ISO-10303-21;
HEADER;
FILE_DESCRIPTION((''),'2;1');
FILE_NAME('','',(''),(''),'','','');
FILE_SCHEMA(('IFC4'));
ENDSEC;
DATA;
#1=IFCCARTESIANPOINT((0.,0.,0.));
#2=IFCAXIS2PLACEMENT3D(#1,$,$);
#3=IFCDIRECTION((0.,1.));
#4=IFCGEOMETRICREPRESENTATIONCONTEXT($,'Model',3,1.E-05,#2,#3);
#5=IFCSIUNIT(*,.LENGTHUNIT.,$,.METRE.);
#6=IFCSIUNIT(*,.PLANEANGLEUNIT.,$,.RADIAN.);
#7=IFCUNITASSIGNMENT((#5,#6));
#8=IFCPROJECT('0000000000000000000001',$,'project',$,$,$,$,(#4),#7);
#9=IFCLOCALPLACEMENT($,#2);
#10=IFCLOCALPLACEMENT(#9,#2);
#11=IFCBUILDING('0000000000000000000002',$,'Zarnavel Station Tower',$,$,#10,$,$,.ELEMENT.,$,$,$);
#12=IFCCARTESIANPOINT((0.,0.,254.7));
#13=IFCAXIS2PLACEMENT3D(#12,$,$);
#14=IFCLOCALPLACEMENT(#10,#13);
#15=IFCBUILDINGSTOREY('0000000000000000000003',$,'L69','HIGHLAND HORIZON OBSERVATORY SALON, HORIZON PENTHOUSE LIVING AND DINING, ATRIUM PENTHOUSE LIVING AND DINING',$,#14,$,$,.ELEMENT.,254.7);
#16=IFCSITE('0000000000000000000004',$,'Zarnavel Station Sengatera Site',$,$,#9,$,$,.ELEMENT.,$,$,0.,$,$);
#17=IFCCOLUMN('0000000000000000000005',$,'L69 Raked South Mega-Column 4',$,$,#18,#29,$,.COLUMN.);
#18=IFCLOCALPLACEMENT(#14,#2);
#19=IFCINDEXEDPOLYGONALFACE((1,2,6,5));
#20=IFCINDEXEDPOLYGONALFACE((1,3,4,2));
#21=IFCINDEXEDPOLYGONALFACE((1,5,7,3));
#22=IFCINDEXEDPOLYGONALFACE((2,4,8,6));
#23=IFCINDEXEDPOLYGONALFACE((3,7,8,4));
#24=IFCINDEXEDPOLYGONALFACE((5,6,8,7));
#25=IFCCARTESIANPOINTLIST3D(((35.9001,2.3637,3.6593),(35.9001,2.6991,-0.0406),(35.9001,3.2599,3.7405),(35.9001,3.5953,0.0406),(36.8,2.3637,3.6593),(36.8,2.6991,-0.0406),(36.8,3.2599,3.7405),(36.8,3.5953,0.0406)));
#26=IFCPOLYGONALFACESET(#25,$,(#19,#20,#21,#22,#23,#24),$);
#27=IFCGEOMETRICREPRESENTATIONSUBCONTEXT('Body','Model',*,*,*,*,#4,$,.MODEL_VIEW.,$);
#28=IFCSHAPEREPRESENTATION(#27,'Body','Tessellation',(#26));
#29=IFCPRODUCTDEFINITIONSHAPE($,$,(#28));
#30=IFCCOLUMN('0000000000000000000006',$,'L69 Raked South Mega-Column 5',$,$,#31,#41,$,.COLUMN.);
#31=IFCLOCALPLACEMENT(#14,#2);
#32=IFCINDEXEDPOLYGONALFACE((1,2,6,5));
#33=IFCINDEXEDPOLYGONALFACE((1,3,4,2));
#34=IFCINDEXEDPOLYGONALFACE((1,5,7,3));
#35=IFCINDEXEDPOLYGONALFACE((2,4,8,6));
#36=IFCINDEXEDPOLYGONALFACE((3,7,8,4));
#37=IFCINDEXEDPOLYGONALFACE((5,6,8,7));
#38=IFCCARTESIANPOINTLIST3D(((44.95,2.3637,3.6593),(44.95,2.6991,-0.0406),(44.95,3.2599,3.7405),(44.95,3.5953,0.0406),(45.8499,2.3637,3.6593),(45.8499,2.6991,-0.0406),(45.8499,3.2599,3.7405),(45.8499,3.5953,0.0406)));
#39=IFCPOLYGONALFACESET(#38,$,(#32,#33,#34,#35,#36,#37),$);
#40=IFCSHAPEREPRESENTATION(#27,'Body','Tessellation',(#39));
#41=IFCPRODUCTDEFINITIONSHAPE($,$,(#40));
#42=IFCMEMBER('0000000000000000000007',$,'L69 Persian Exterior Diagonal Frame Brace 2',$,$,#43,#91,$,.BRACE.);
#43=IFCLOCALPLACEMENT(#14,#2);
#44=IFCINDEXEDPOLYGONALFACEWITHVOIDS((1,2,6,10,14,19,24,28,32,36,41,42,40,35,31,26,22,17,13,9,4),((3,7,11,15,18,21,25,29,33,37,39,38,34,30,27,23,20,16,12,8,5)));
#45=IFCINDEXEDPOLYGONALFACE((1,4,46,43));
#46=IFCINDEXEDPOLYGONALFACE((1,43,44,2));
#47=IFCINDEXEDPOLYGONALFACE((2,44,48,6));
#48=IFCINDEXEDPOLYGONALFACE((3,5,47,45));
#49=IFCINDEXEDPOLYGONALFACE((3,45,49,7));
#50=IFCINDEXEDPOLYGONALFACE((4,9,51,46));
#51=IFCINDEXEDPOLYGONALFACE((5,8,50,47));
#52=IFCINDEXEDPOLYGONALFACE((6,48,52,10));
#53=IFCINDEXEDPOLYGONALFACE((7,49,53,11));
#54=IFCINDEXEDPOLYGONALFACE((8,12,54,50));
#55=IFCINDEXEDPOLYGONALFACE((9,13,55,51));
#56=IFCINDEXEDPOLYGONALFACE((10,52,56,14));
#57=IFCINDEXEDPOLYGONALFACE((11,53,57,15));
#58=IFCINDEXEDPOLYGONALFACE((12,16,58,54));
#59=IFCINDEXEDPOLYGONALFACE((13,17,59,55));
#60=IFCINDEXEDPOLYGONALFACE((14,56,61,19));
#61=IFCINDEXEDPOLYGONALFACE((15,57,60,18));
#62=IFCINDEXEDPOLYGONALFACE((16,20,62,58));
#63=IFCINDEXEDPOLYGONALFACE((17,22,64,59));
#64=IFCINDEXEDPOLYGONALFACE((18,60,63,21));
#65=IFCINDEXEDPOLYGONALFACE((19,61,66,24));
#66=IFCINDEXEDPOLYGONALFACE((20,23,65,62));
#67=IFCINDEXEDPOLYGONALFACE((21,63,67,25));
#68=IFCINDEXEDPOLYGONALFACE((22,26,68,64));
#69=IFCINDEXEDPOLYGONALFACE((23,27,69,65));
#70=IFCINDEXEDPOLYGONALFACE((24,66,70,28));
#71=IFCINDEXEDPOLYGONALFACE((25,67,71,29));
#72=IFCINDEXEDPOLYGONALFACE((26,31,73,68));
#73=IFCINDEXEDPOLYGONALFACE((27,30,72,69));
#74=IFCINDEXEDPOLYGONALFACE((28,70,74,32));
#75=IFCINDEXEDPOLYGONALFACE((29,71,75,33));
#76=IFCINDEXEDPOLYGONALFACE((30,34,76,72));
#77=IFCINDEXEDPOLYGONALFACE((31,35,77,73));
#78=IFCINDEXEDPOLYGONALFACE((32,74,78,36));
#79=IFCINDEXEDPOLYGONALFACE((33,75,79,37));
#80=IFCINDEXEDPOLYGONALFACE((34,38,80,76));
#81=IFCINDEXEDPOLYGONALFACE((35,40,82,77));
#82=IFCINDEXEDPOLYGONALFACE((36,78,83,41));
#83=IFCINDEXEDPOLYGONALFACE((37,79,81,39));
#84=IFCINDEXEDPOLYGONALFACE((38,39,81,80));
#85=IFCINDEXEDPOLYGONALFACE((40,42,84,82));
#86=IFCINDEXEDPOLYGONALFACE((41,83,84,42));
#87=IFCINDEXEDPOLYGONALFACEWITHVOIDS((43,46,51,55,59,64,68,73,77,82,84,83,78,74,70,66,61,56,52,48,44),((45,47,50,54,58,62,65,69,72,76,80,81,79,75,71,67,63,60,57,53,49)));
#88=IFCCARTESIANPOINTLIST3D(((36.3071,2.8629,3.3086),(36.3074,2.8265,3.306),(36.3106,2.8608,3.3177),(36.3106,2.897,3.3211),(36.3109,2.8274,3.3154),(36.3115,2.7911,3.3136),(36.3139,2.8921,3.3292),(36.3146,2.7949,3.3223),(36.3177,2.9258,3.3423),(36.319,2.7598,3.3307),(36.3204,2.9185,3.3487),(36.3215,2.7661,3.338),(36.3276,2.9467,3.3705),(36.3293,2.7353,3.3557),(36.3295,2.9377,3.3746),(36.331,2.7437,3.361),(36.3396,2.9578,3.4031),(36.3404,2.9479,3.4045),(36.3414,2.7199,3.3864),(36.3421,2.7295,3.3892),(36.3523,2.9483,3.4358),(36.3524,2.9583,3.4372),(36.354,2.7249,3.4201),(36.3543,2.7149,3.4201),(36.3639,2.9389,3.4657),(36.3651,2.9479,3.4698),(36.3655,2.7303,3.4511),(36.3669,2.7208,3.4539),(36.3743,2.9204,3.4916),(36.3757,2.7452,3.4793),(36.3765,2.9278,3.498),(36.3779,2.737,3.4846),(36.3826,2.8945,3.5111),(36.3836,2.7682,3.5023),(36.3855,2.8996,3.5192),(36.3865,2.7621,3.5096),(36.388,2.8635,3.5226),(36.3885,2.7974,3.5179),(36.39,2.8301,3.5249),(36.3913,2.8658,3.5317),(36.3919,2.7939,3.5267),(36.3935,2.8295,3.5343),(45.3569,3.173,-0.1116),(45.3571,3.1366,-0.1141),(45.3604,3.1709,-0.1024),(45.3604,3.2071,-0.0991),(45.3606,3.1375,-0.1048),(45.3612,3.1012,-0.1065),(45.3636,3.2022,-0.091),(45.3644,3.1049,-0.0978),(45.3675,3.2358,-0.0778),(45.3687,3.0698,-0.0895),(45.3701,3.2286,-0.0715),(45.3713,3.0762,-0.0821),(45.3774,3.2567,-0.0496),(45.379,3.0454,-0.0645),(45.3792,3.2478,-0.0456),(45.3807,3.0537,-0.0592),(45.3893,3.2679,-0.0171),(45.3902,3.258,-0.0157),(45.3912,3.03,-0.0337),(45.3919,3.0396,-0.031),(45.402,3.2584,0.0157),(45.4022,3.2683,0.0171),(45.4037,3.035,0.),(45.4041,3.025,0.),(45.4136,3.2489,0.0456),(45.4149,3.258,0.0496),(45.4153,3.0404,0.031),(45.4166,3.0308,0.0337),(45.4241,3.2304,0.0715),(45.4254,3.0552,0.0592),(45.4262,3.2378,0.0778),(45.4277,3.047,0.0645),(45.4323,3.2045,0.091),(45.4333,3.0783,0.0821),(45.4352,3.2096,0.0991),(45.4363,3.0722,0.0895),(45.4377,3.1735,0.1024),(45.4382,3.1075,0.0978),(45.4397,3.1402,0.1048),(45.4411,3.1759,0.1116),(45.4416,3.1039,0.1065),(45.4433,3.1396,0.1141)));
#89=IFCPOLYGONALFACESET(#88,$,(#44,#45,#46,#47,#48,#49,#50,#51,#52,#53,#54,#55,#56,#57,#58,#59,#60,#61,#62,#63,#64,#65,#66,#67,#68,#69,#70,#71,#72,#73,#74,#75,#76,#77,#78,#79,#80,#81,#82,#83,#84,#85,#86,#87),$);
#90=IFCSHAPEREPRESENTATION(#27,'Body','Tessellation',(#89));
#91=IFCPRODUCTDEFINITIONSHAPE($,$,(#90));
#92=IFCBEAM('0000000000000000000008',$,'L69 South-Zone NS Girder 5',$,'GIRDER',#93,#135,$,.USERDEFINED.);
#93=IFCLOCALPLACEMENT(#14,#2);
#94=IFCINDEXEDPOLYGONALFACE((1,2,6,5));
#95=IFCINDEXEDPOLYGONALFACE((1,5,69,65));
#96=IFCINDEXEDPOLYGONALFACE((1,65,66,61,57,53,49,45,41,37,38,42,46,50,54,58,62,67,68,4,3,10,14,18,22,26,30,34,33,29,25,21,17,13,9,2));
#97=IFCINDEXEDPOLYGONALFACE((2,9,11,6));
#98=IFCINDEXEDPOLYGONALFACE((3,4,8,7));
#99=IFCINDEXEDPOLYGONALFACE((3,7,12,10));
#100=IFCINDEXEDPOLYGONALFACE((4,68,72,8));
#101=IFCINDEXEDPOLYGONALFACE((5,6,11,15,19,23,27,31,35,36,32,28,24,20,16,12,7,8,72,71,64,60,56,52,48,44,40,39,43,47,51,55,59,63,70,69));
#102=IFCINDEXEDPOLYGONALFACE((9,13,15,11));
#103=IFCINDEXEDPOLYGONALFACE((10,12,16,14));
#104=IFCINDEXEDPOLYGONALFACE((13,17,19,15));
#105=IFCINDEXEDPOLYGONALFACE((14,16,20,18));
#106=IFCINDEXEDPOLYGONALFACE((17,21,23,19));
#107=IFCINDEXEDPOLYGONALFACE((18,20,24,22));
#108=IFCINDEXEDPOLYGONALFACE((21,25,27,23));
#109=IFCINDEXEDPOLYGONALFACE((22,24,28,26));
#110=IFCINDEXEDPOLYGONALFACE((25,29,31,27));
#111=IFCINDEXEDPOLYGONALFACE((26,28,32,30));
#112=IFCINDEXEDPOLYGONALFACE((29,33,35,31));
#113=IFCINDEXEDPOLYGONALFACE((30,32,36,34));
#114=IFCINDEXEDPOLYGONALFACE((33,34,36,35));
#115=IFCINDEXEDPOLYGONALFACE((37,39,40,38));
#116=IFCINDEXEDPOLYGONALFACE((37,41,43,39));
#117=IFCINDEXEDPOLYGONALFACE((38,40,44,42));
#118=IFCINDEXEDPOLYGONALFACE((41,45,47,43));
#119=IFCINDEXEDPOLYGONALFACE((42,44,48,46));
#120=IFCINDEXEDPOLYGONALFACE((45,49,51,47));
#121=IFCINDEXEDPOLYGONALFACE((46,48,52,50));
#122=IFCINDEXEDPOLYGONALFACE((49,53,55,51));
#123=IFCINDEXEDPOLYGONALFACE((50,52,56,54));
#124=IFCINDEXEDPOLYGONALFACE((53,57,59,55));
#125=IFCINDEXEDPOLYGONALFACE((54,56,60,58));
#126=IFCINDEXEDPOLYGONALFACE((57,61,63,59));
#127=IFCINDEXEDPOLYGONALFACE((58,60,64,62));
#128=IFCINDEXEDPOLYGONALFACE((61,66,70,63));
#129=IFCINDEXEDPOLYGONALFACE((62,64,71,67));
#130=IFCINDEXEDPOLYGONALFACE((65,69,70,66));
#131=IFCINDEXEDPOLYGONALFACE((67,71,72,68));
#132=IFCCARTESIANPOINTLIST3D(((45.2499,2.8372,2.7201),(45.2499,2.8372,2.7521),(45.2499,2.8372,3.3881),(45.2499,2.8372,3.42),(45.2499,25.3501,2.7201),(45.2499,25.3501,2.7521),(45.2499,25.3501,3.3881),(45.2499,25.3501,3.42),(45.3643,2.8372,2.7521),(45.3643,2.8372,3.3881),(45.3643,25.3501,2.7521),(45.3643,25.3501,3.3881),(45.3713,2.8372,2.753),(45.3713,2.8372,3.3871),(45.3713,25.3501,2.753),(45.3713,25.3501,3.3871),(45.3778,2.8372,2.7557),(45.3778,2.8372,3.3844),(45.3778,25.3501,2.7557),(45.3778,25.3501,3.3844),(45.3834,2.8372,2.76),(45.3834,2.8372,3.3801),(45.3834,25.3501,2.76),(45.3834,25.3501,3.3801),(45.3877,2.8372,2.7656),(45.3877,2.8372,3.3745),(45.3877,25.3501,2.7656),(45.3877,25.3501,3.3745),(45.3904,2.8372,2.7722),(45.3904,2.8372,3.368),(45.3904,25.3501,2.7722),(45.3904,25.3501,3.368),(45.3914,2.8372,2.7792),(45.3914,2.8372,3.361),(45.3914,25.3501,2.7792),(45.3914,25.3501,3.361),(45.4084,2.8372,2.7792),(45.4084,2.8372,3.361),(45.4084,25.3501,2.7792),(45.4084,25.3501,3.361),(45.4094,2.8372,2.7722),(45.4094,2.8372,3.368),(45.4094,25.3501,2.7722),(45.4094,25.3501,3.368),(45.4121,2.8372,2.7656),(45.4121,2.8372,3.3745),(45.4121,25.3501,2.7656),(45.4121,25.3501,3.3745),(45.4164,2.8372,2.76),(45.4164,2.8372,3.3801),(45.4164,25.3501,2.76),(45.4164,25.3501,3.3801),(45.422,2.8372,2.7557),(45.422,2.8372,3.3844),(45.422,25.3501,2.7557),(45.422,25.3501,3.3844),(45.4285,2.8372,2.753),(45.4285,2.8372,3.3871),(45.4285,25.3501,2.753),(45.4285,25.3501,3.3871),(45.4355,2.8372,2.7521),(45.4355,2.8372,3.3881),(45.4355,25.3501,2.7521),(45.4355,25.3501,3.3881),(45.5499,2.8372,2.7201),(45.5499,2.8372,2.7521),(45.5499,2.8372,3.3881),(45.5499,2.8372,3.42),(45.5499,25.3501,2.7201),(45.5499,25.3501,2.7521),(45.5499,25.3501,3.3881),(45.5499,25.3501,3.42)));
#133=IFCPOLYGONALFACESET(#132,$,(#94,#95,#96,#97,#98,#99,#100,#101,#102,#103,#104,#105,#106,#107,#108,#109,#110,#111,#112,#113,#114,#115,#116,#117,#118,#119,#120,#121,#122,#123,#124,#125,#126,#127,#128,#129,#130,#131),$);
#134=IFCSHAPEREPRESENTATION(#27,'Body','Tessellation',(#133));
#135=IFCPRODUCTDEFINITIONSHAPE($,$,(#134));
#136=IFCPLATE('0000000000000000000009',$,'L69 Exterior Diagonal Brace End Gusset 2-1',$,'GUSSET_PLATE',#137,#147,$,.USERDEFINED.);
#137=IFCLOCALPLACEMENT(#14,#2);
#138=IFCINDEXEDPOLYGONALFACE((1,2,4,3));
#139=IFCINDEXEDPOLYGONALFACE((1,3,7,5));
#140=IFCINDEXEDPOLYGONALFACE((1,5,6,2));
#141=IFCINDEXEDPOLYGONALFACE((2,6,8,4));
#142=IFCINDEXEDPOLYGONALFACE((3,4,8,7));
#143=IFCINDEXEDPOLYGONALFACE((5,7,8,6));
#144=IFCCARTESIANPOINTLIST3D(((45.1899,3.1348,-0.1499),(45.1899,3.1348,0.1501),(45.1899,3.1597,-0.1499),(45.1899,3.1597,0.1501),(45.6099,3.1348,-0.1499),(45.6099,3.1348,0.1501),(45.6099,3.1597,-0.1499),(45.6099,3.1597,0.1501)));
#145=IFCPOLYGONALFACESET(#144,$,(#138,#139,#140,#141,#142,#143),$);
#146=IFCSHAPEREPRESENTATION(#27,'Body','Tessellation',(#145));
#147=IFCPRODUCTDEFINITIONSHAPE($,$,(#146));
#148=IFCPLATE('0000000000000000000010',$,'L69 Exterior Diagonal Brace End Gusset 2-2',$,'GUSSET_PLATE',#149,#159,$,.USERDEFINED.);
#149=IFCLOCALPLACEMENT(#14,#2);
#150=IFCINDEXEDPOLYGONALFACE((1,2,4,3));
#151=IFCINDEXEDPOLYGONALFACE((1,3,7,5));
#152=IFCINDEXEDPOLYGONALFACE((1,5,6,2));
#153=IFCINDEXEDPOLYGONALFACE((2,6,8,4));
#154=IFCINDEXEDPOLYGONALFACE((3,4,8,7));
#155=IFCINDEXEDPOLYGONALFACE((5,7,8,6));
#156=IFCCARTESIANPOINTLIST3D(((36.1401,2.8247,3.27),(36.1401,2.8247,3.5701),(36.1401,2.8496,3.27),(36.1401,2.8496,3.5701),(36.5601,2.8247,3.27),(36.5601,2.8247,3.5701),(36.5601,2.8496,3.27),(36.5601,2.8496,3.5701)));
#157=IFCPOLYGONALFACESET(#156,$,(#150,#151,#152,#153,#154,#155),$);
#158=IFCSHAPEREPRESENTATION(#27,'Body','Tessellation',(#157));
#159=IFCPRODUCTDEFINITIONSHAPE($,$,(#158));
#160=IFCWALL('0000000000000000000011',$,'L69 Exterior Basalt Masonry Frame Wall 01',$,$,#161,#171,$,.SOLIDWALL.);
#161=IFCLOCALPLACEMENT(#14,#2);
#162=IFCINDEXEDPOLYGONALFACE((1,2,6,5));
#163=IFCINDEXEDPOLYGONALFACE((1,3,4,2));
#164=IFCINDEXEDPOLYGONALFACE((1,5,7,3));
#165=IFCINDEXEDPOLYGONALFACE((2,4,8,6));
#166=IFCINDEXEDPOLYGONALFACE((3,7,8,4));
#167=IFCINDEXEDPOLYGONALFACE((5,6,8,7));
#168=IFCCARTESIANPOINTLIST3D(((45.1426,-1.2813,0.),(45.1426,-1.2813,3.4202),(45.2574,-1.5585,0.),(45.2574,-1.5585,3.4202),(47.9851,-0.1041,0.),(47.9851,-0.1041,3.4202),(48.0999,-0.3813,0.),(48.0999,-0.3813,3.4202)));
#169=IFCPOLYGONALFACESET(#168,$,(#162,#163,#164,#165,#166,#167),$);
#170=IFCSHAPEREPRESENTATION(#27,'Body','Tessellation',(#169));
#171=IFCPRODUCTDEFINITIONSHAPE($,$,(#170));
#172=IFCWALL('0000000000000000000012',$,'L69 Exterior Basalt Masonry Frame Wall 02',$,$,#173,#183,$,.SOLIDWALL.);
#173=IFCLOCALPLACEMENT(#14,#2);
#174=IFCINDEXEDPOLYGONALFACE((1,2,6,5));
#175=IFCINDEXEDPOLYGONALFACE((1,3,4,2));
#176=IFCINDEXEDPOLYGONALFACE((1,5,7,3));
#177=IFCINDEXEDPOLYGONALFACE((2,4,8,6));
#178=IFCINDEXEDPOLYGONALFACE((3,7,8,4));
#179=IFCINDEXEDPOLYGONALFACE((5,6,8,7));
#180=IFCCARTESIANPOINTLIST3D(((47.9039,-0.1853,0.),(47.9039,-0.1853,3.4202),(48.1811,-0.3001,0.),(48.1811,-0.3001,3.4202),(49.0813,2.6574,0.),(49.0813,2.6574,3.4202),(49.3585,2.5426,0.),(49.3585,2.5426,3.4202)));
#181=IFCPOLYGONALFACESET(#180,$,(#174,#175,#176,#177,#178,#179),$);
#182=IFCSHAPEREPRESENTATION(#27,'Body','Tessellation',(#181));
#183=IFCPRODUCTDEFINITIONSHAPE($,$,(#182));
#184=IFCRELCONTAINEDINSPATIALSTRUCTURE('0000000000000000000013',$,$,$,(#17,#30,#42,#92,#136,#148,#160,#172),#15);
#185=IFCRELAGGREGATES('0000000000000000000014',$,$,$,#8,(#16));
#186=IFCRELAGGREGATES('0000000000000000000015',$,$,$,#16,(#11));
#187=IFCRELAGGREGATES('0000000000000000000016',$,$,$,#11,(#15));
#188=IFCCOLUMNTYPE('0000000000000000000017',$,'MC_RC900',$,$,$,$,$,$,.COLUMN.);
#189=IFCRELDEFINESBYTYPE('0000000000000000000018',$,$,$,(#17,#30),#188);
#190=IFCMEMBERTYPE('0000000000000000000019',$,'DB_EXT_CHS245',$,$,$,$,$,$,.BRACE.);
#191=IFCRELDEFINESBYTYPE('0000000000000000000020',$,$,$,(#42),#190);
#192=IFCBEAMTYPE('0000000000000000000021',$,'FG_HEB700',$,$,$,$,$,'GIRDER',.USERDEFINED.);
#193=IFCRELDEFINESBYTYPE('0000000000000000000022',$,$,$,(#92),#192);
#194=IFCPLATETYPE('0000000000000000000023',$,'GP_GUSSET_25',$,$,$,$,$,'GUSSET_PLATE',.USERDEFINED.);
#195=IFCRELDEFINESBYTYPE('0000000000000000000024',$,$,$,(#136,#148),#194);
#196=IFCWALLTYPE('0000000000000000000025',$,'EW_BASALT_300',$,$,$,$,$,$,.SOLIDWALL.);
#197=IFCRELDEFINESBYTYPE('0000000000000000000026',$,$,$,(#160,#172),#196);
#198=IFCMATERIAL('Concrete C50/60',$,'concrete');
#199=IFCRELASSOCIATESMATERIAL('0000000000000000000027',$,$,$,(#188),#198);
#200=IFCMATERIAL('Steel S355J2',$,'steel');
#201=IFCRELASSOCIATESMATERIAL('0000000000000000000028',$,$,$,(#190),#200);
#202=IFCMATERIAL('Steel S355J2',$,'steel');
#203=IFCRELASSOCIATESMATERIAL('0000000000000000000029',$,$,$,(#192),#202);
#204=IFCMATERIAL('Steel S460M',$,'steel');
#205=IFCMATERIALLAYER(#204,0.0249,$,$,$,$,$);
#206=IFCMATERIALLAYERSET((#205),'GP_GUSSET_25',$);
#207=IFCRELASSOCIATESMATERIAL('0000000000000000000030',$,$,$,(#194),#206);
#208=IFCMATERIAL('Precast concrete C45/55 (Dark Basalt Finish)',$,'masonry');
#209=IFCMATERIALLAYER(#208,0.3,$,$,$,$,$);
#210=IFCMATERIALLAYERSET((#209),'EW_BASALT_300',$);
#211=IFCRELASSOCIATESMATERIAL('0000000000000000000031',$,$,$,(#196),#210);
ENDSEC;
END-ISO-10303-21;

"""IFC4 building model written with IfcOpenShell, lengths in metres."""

from ifc_helpers import new_model, si_unit, direction, frame, frame_2d, origin, origin_2d, place, context, subcontext, project, spatial, rectangle, hollow_circle, i_section, extrude, material, layer, layer_set, material_profile, profile_set, type_object, element, save


model = new_model("IFC4")

# Units and contexts
model_context = context("Model", 3, precision=1e-05, world=origin(), true_north=direction((0.0, 1.0)))
body_context = subcontext(model_context, "Body", "Model", "MODEL_VIEW")
ifc_project = project(units=[si_unit("LENGTHUNIT", "METRE"), si_unit("PLANEANGLEUNIT", "RADIAN")], contexts=[model_context])

# Site, building, storey
site_placement = place(None, origin())
site = spatial("IfcSite", under=ifc_project, at=site_placement, Name="Zarnavel Station Sengatera Site", CompositionType="ELEMENT", RefElevation=0.0)
building_placement = place(site_placement, origin())
building = spatial("IfcBuilding", under=site, at=building_placement, Name="Zarnavel Station Tower", CompositionType="ELEMENT")
storey_placement = place(building_placement, frame((0.0, 0.0, 254.7)))
storey = spatial("IfcBuildingStorey", under=building, at=storey_placement, Name="L69", Description="HIGHLAND HORIZON OBSERVATORY SALON, HORIZON PENTHOUSE LIVING AND DINING, ATRIUM PENTHOUSE LIVING AND DINING", CompositionType="ELEMENT", Elevation=254.7)

# Columns
ifc_material_1 = material(Name="Concrete C50/60", Category="concrete")
ifc_material_profile_1 = material_profile(ifc_material_1, rectangle(XDim=0.8999, YDim=0.8999, at=origin_2d()), Name="RC900x900")
ifc_profile_set_1 = profile_set([ifc_material_profile_1], Name="Concrete C50/60")
column_type = type_object("IfcColumnType", Name="MC_RC900", PredefinedType="COLUMN", material=ifc_profile_set_1)
for number, where, z_axis, x_axis, name in (
    (1, (36.3501, 3.1472, 0.0), (0.0, -0.090293, 0.995915), (1.0, 0.0, 0.0), "L69 Raked South Mega-Column 4"),
    (2, (45.3999, 3.1472, 0.0), (0.0, -0.090293, 0.995915), (1.0, 0.0, 0.0), "L69 Raked South Mega-Column 5"),
):
    element("IfcColumn", number, at=place(storey_placement, frame(where, z_axis=z_axis, x_axis=x_axis)), inside=storey, type_object=column_type, Name=name, PredefinedType="COLUMN", context=body_context, shape_type="SweptSolid", body=[
        extrude(rectangle(XDim=0.8999, YDim=0.8999, at=origin_2d()), origin(), (0.0, 0.0, 1.0), 3.7151),
    ])

# Member
ifc_material_2 = material(Name="Steel S355J2", Category="steel")
ifc_material_profile_2 = material_profile(ifc_material_2, hollow_circle(Radius=0.1223, WallThickness=0.01, at=origin_2d()), Name="CHS244.5x10")
ifc_profile_set_2 = profile_set([ifc_material_profile_2], Name="Steel S355J2")
member_type = type_object("IfcMemberType", Name="DB_EXT_CHS245", PredefinedType="BRACE", material=ifc_profile_set_2)
member_placement = place(storey_placement, frame((45.3999, 3.1472, 0.0), z_axis=(-0.934946, -0.032033, 0.353341), x_axis=(0.034241, -0.999414, 0.0)))
element("IfcMember", 3, at=member_placement, inside=storey, type_object=member_type, Name="L69 Persian Exterior Diagonal Frame Brace 2", PredefinedType="BRACE", context=body_context, shape_type="SweptSolid", body=[
    extrude(hollow_circle(Radius=0.1223, WallThickness=0.01, at=origin_2d()), origin(), (0.0, 0.0, 1.0), 9.6794),
])

# Beam
ifc_material_3 = material(Name="Steel S355J2", Category="steel")
ifc_material_profile_3 = material_profile(ifc_material_3, i_section(OverallWidth=0.3, OverallDepth=0.7, WebThickness=0.0171, FlangeThickness=0.032, FilletRadius=0.0271, at=origin_2d()), Name="HEB700")
ifc_profile_set_3 = profile_set([ifc_material_profile_3], Name="Steel S355J2")
beam_type = type_object("IfcBeamType", Name="FG_HEB700", ElementType="GIRDER", PredefinedType="USERDEFINED", material=ifc_profile_set_3)
beam_placement = place(storey_placement, frame((45.3999, 2.8372, 3.0701), z_axis=(0.0, 1.0, 0.0), x_axis=(-1.0, 0.0, 0.0)))
element("IfcBeam", 4, at=beam_placement, inside=storey, type_object=beam_type, Name="L69 South-Zone NS Girder 5", ObjectType="GIRDER", PredefinedType="USERDEFINED", context=body_context, shape_type="SweptSolid", body=[
    extrude(i_section(OverallWidth=0.3, OverallDepth=0.7, WebThickness=0.0171, FlangeThickness=0.032, FilletRadius=0.0271, at=origin_2d()), origin(), (0.0, 0.0, 1.0), 22.5129),
])

# Plates
ifc_material_4 = material(Name="Steel S460M", Category="steel")
ifc_layer_1 = layer(ifc_material_4, 0.0249)
ifc_layer_set_1 = layer_set([ifc_layer_1], Name="GP_GUSSET_25")
plate_type = type_object("IfcPlateType", Name="GP_GUSSET_25", ElementType="GUSSET_PLATE", PredefinedType="USERDEFINED", material=ifc_layer_set_1)
for number, where, z_axis, x_axis, name in (
    (5, (45.3999, 3.1472, -0.1499), (0.0, 0.0, 1.0), (1.0, 0.0, 0.0), "L69 Exterior Diagonal Brace End Gusset 2-1"),
    (6, (36.3501, 2.8372, 3.27), (0.0, 0.0, 1.0), (1.0, 0.0, 0.0), "L69 Exterior Diagonal Brace End Gusset 2-2"),
):
    element("IfcPlate", number, at=place(storey_placement, frame(where, z_axis=z_axis, x_axis=x_axis)), inside=storey, type_object=plate_type, Name=name, ObjectType="GUSSET_PLATE", PredefinedType="USERDEFINED", context=body_context, shape_type="SweptSolid", body=[
        extrude(rectangle(XDim=0.4199, YDim=0.0249, at=origin_2d()), origin(), (0.0, 0.0, 1.0), 0.3),
    ])

# Walls
ifc_material_5 = material(Name="Precast concrete C45/55 (Dark Basalt Finish)", Category="masonry")
ifc_layer_2 = layer(ifc_material_5, 0.3)
ifc_layer_set_2 = layer_set([ifc_layer_2], Name="EW_BASALT_300")
wall_type_1 = type_object("IfcWallType", Name="EW_BASALT_300", PredefinedType="SOLIDWALL", material=ifc_layer_set_2)
wall_1_placement = place(storey_placement, frame((48.0425, -0.2427, 0.0), z_axis=(0.0, 0.0, 1.0), x_axis=(-0.923899, -0.382637, 0.0)))
element("IfcWall", 7, at=wall_1_placement, inside=storey, type_object=wall_type_1, Name="L69 Exterior Basalt Masonry Frame Wall 01", PredefinedType="SOLIDWALL", context=body_context, shape_type="SweptSolid", body=[
    extrude(rectangle(XDim=3.0767, YDim=0.3, at=frame_2d((1.5383, 0.0))), origin(), (0.0, 0.0, 1.0), 3.4202),
])
wall_2_placement = place(storey_placement, frame((49.22, 2.6001, 0.0), z_axis=(0.0, 0.0, 1.0), x_axis=(-0.382676, -0.923882, 0.0)))
element("IfcWall", 8, at=wall_2_placement, inside=storey, type_object=wall_type_1, Name="L69 Exterior Basalt Masonry Frame Wall 02", PredefinedType="SOLIDWALL", context=body_context, shape_type="SweptSolid", body=[
    extrude(rectangle(XDim=3.0769, YDim=0.3, at=frame_2d((1.5386, 0.0))), origin(), (0.0, 0.0, 1.0), 3.4202),
])

save(model, "model.ifc")
